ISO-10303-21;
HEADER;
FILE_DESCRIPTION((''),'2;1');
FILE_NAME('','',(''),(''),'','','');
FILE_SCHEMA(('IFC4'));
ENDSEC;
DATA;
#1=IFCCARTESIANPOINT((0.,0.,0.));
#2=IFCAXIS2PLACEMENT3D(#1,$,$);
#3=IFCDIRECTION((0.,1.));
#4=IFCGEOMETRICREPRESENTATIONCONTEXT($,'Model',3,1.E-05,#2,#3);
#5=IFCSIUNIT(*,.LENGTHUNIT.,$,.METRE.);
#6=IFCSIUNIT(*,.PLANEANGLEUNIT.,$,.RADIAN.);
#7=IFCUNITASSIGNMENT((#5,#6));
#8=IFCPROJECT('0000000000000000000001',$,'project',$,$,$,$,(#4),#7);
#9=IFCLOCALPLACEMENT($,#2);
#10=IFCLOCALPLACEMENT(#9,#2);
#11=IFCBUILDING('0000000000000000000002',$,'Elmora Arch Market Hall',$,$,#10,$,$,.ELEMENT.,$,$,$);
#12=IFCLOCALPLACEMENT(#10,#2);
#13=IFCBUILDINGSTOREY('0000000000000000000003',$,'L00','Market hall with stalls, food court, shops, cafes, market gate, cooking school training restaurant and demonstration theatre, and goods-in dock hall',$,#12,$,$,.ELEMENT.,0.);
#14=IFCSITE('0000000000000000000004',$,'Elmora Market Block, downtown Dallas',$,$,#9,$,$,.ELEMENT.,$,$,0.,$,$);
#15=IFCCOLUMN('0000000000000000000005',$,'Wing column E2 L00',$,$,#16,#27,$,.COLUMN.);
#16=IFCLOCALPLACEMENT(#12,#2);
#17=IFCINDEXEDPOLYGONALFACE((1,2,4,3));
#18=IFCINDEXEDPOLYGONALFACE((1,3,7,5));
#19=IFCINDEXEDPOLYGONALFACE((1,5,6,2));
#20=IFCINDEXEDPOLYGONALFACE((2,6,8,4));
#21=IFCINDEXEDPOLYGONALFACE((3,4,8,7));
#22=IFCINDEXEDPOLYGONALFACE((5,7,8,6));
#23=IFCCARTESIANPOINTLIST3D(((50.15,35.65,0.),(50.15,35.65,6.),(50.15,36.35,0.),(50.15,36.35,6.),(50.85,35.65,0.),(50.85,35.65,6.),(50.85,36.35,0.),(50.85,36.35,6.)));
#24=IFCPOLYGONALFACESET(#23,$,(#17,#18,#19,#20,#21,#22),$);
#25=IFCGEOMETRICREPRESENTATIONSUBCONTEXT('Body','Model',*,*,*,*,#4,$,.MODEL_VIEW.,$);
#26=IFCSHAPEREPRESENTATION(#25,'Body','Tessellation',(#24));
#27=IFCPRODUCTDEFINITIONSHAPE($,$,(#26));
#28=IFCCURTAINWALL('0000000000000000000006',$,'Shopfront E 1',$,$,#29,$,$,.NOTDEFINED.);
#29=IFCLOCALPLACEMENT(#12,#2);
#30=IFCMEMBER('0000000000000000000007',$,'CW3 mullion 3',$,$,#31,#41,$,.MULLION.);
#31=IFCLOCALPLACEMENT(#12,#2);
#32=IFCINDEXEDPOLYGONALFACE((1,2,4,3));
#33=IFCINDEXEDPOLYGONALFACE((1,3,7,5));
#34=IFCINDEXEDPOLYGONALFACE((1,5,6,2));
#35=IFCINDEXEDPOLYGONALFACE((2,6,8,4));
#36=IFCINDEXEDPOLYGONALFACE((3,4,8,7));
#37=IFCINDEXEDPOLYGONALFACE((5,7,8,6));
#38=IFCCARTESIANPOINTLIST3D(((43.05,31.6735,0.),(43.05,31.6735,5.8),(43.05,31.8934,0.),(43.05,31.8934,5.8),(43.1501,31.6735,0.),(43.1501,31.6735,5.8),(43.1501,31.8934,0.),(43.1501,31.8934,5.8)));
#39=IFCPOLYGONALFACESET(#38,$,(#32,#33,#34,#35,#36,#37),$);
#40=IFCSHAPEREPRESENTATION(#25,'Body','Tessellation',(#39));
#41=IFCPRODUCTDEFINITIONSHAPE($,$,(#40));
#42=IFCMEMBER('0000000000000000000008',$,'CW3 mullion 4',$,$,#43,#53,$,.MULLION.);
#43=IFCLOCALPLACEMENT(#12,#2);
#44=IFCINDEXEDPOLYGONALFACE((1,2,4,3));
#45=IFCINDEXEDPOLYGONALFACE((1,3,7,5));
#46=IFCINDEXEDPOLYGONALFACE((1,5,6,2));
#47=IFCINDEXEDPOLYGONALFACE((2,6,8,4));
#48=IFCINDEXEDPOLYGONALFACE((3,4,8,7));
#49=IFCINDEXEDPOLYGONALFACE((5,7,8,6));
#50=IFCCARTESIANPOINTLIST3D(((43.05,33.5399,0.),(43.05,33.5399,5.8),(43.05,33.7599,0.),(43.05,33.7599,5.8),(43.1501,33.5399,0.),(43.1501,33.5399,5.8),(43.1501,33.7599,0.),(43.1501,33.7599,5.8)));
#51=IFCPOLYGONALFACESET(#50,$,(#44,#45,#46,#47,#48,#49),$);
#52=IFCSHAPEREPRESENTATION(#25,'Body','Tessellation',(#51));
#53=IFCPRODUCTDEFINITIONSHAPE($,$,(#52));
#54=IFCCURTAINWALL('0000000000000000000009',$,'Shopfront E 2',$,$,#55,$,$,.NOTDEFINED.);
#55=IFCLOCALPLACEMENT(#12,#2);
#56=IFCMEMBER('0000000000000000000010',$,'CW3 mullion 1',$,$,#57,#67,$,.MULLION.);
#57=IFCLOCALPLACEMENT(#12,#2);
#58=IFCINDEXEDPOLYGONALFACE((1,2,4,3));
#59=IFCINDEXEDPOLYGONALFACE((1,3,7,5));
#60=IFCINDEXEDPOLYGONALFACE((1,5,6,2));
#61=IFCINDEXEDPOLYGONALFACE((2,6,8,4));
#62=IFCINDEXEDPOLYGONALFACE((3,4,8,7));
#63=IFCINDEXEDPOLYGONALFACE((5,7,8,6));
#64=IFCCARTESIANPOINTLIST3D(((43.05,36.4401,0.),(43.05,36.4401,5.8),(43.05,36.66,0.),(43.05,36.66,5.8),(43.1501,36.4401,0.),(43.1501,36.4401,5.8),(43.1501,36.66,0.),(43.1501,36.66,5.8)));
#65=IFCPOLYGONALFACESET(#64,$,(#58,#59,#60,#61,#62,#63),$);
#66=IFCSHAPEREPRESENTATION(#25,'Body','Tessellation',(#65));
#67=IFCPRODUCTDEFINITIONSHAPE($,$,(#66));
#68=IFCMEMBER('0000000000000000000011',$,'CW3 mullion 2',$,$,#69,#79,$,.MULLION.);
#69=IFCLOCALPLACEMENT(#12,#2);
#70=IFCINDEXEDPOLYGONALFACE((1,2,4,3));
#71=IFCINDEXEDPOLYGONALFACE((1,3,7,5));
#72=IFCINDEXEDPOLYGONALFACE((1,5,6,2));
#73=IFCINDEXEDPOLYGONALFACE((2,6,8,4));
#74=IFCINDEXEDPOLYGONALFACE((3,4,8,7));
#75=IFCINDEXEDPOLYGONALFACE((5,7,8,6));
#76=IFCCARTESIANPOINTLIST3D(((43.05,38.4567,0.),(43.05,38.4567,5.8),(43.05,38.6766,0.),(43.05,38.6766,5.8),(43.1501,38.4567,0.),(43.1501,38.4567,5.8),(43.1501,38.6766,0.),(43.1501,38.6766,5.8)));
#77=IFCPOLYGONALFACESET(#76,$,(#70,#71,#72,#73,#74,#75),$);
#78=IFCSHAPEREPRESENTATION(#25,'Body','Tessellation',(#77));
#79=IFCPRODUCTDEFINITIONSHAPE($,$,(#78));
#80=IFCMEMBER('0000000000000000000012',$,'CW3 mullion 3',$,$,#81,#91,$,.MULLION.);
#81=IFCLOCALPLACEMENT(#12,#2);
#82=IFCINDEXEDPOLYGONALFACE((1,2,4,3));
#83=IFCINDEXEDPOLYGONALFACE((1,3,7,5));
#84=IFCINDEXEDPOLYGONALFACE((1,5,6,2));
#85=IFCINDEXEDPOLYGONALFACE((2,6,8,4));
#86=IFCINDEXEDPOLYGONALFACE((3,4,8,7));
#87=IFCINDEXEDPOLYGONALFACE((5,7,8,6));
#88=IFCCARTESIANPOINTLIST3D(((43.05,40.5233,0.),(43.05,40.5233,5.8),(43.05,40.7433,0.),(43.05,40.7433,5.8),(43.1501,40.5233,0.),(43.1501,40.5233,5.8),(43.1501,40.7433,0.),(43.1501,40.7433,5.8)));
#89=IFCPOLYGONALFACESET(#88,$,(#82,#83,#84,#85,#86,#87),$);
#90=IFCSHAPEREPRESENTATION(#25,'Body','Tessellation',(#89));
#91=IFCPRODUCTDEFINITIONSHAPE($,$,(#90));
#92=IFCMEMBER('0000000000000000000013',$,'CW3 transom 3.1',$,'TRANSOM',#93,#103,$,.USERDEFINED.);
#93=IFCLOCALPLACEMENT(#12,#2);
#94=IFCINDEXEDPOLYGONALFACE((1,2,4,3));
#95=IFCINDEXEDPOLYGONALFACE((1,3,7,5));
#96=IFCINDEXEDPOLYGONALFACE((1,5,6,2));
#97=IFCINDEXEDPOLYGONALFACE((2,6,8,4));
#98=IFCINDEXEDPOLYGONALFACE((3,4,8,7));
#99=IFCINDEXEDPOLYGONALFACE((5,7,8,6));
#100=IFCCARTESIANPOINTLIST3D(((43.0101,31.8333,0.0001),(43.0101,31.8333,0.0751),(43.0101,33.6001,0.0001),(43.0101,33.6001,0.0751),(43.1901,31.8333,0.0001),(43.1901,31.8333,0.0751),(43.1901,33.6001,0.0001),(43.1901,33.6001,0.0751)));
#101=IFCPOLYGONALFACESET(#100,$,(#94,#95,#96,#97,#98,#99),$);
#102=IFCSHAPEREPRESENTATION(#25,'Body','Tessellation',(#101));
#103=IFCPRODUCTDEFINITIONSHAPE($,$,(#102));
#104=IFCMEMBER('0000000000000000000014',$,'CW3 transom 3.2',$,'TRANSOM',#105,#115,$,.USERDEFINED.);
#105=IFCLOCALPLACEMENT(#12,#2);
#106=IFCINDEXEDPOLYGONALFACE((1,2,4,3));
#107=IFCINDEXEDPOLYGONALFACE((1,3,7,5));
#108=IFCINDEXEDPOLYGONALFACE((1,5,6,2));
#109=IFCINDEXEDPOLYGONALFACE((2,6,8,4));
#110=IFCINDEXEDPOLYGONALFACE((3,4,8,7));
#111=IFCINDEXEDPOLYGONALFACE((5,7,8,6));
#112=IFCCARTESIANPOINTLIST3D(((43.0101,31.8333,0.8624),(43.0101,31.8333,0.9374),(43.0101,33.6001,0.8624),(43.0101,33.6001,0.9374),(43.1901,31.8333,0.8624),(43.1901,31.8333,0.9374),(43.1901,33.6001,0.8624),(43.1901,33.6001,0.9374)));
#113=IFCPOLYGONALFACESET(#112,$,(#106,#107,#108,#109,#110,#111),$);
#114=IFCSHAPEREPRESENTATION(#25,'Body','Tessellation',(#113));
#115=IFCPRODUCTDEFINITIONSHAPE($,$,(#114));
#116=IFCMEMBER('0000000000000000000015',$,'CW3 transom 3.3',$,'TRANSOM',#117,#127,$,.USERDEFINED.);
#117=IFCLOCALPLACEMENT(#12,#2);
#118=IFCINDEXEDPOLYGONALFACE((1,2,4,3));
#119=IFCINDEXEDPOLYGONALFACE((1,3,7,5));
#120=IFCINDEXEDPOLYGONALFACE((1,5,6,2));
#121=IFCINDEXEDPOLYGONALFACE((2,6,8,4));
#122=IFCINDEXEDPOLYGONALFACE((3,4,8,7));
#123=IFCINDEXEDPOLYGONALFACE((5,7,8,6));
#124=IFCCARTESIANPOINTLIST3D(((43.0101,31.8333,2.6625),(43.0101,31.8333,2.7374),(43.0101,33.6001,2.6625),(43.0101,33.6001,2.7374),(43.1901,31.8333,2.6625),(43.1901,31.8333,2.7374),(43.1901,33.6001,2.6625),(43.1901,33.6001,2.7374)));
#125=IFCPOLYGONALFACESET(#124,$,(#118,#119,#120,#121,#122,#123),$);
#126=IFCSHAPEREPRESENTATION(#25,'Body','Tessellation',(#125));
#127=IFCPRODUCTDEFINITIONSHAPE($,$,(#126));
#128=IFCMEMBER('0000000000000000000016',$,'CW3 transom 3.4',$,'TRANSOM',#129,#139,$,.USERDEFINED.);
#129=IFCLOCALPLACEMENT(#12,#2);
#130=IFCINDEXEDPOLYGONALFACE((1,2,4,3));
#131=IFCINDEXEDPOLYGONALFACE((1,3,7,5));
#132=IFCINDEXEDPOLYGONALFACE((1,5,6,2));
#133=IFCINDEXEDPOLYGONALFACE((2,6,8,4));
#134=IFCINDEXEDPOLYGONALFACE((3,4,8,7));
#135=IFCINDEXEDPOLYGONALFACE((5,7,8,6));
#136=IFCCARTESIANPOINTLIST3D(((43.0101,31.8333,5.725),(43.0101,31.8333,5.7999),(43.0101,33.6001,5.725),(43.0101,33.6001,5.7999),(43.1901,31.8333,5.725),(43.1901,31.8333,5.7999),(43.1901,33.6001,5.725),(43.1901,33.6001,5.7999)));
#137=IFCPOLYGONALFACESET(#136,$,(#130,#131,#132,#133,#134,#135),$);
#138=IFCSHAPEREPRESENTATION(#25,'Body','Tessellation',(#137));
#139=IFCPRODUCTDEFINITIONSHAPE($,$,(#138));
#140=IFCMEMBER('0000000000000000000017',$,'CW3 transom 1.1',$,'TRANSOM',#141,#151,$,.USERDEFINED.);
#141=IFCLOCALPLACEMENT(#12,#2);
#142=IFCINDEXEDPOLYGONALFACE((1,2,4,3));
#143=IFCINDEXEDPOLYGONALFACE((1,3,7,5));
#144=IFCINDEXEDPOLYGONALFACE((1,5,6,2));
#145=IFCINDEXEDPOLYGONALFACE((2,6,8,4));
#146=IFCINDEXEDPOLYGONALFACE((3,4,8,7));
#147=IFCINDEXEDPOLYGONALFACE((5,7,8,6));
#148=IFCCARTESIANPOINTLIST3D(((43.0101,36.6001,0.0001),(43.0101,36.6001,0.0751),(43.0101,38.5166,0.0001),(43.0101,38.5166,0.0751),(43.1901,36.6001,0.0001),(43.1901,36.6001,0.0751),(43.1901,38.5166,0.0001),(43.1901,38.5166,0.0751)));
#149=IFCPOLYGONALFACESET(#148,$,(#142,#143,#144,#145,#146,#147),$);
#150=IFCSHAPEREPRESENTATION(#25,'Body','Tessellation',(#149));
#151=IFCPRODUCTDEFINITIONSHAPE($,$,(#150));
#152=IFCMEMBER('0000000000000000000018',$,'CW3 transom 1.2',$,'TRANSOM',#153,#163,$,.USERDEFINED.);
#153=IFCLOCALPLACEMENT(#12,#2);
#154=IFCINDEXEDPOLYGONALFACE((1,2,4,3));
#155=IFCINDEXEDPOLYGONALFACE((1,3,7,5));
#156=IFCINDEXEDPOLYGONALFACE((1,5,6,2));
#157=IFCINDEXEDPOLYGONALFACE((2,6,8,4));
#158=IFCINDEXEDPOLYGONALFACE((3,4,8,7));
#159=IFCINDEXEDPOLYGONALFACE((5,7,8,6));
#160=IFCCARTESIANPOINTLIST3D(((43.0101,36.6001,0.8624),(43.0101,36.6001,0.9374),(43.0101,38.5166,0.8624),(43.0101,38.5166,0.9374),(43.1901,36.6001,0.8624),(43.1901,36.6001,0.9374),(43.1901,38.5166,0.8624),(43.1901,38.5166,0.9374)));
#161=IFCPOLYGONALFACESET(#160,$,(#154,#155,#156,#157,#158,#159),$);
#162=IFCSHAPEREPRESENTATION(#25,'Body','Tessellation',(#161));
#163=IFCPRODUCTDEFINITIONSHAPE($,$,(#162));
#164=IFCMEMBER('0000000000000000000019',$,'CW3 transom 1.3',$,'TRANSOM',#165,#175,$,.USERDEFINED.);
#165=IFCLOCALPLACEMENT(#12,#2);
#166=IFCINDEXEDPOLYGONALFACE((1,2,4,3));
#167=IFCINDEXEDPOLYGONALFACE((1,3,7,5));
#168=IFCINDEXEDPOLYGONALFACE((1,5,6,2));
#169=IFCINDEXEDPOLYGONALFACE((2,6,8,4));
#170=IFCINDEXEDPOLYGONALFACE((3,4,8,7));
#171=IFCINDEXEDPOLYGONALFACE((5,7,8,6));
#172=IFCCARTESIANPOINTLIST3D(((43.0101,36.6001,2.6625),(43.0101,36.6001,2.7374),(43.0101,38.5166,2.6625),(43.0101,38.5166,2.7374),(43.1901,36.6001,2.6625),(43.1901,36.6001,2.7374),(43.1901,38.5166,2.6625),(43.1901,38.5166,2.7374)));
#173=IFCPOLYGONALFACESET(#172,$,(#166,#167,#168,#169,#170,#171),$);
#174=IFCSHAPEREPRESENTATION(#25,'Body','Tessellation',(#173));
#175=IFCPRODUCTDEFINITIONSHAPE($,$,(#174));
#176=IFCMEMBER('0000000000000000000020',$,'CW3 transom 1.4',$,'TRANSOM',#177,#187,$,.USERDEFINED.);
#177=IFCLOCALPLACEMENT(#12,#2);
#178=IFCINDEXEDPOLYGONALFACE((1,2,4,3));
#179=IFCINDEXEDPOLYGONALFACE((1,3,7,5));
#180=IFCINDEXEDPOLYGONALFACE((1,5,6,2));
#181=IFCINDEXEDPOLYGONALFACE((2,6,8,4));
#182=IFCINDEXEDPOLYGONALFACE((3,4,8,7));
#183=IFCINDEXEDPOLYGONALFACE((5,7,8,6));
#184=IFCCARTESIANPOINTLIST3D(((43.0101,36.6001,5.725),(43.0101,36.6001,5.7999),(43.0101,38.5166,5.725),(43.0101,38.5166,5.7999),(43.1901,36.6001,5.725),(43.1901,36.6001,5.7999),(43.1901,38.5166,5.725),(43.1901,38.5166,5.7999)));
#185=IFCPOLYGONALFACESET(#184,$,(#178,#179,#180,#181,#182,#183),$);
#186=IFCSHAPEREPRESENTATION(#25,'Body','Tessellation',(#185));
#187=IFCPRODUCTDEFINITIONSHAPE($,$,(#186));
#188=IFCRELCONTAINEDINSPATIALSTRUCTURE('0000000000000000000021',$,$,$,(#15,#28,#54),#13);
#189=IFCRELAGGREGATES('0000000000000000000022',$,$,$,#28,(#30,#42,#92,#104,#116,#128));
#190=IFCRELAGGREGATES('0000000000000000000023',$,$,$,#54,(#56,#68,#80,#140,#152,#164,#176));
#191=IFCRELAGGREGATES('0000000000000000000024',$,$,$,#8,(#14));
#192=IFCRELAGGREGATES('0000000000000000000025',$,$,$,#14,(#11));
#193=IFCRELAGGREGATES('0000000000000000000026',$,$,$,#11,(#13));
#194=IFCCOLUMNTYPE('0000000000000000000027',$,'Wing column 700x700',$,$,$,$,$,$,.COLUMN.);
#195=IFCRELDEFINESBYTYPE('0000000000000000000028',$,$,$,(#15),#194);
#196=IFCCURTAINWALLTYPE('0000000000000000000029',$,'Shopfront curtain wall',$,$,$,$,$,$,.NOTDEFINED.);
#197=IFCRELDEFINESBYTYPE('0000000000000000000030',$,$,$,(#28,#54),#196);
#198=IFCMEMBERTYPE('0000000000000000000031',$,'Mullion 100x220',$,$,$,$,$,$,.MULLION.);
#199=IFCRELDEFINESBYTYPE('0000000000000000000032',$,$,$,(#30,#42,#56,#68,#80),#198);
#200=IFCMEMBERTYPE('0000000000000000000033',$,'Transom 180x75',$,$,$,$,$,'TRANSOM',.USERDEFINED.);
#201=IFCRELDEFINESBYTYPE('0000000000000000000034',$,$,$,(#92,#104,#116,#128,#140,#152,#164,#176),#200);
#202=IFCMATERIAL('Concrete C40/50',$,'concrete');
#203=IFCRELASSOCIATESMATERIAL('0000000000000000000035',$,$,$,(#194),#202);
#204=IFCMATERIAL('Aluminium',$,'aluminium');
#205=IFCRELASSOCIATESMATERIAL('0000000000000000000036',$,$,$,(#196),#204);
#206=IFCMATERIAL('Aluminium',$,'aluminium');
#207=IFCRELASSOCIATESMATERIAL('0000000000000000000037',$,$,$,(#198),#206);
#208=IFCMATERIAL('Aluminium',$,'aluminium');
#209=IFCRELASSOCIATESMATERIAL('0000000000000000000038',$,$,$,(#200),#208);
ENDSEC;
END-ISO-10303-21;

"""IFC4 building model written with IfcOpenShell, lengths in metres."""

from ifc_helpers import new_model, si_unit, direction, frame, origin, origin_2d, place, context, subcontext, project, spatial, rectangle, extrude, material, material_profile, profile_set, type_object, element, aggregate, save


model = new_model("IFC4")

# Units and contexts
model_context = context("Model", 3, precision=1e-05, world=origin(), true_north=direction((0.0, 1.0)))
body_context = subcontext(model_context, "Body", "Model", "MODEL_VIEW")
ifc_project = project(units=[si_unit("LENGTHUNIT", "METRE"), si_unit("PLANEANGLEUNIT", "RADIAN")], contexts=[model_context])

# Site, building, storey
site_placement = place(None, origin())
site = spatial("IfcSite", under=ifc_project, at=site_placement, Name="Elmora Market Block, downtown Dallas", CompositionType="ELEMENT", RefElevation=0.0)
building_placement = place(site_placement, origin())
building = spatial("IfcBuilding", under=site, at=building_placement, Name="Elmora Arch Market Hall", CompositionType="ELEMENT")
storey_placement = place(building_placement, origin())
storey = spatial("IfcBuildingStorey", under=building, at=storey_placement, Name="L00", Description="Market hall with stalls, food court, shops, cafes, market gate, cooking school training restaurant and demonstration theatre, and goods-in dock hall", CompositionType="ELEMENT", Elevation=0.0)

# Column
ifc_material_1 = material(Name="Concrete C40/50", Category="concrete")
ifc_material_profile_1 = material_profile(ifc_material_1, rectangle(XDim=0.7, YDim=0.7, at=origin_2d()), Name="Wing column 700x700")
ifc_profile_set_1 = profile_set([ifc_material_profile_1], Name="Concrete C40/50")
column_type = type_object("IfcColumnType", Name="Wing column 700x700", PredefinedType="COLUMN", material=ifc_profile_set_1)
column_placement = place(storey_placement, frame((50.5, 36.0, 0.0), z_axis=(0.0, 0.0, 1.0), x_axis=(1.0, 0.0, 0.0)))
element("IfcColumn", 1, at=column_placement, inside=storey, type_object=column_type, Name="Wing column E2 L00", PredefinedType="COLUMN", context=body_context, shape_type="SweptSolid", body=[
    extrude(rectangle(XDim=0.7, YDim=0.7, at=origin_2d()), origin(), (0.0, 0.0, 1.0), 6.0),
])

# Curtain walls, members
ifc_material_2 = material(Name="Aluminium", Category="aluminium")
curtain_wall_type = type_object("IfcCurtainWallType", Name="Shopfront curtain wall", PredefinedType="NOTDEFINED", material=ifc_material_2)
curtain_wall_1_placement = place(storey_placement, origin())
curtain_wall_1 = element("IfcCurtainWall", 2, at=curtain_wall_1_placement, inside=storey, type_object=curtain_wall_type, Name="Shopfront E 1", PredefinedType="NOTDEFINED")
ifc_material_3 = material(Name="Aluminium", Category="aluminium")
ifc_material_profile_2 = material_profile(ifc_material_3, rectangle(XDim=0.1001, YDim=0.22, at=origin_2d()), Name="AL 100x220")
ifc_profile_set_2 = profile_set([ifc_material_profile_2], Name="Aluminium")
member_type_1 = type_object("IfcMemberType", Name="Mullion 100x220", PredefinedType="MULLION", material=ifc_profile_set_2)
member_1_placement = place(storey_placement, frame((43.1001, 31.7834, 0.0), z_axis=(0.0, 0.0, 1.0), x_axis=(-1.0, 0.0, 0.0)))
member_1 = element("IfcMember", 3, at=member_1_placement, type_object=member_type_1, Name="CW3 mullion 3", PredefinedType="MULLION", context=body_context, shape_type="SweptSolid", body=[
    extrude(rectangle(XDim=0.1001, YDim=0.22, at=origin_2d()), origin(), (0.0, 0.0, 1.0), 5.8),
])
member_2_placement = place(storey_placement, frame((43.1001, 33.6499, 0.0), z_axis=(0.0, 0.0, 1.0), x_axis=(-1.0, 0.0, 0.0)))
member_2 = element("IfcMember", 4, at=member_2_placement, type_object=member_type_1, Name="CW3 mullion 4", PredefinedType="MULLION", context=body_context, shape_type="SweptSolid", body=[
    extrude(rectangle(XDim=0.1001, YDim=0.22, at=origin_2d()), origin(), (0.0, 0.0, 1.0), 5.8),
])
curtain_wall_2_placement = place(storey_placement, origin())
curtain_wall_2 = element("IfcCurtainWall", 5, at=curtain_wall_2_placement, inside=storey, type_object=curtain_wall_type, Name="Shopfront E 2", PredefinedType="NOTDEFINED")
member_3_placement = place(storey_placement, frame((43.1001, 36.55, 0.0), z_axis=(0.0, 0.0, 1.0), x_axis=(-1.0, 0.0, 0.0)))
member_3 = element("IfcMember", 6, at=member_3_placement, type_object=member_type_1, Name="CW3 mullion 1", PredefinedType="MULLION", context=body_context, shape_type="SweptSolid", body=[
    extrude(rectangle(XDim=0.1001, YDim=0.22, at=origin_2d()), origin(), (0.0, 0.0, 1.0), 5.8),
])
member_4_placement = place(storey_placement, frame((43.1001, 38.5667, 0.0), z_axis=(0.0, 0.0, 1.0), x_axis=(-1.0, 0.0, 0.0)))
member_4 = element("IfcMember", 7, at=member_4_placement, type_object=member_type_1, Name="CW3 mullion 2", PredefinedType="MULLION", context=body_context, shape_type="SweptSolid", body=[
    extrude(rectangle(XDim=0.1001, YDim=0.22, at=origin_2d()), origin(), (0.0, 0.0, 1.0), 5.8),
])
member_5_placement = place(storey_placement, frame((43.1001, 40.6333, 0.0), z_axis=(0.0, 0.0, 1.0), x_axis=(-1.0, 0.0, 0.0)))
member_5 = element("IfcMember", 8, at=member_5_placement, type_object=member_type_1, Name="CW3 mullion 3", PredefinedType="MULLION", context=body_context, shape_type="SweptSolid", body=[
    extrude(rectangle(XDim=0.1001, YDim=0.22, at=origin_2d()), origin(), (0.0, 0.0, 1.0), 5.8),
])

# Members
ifc_material_4 = material(Name="Aluminium", Category="aluminium")
ifc_material_profile_3 = material_profile(ifc_material_4, rectangle(XDim=0.1799, YDim=0.075, at=origin_2d()), Name="AL 180x75")
ifc_profile_set_3 = profile_set([ifc_material_profile_3], Name="Aluminium")
member_type_2 = type_object("IfcMemberType", Name="Transom 180x75", ElementType="TRANSOM", PredefinedType="USERDEFINED", material=ifc_profile_set_3)
member_6_placement = place(storey_placement, frame((43.1001, 31.8333, 0.0376), z_axis=(0.0, 1.0, 0.0), x_axis=(-1.0, 0.0, 0.0)))
member_6 = element("IfcMember", 9, at=member_6_placement, type_object=member_type_2, Name="CW3 transom 3.1", ObjectType="TRANSOM", PredefinedType="USERDEFINED", context=body_context, shape_type="SweptSolid", body=[
    extrude(rectangle(XDim=0.1799, YDim=0.075, at=origin_2d()), origin(), (0.0, 0.0, 1.0), 1.7668),
])
member_7_placement = place(storey_placement, frame((43.1001, 31.8333, 0.8999), z_axis=(0.0, 1.0, 0.0), x_axis=(-1.0, 0.0, 0.0)))
member_7 = element("IfcMember", 10, at=member_7_placement, type_object=member_type_2, Name="CW3 transom 3.2", ObjectType="TRANSOM", PredefinedType="USERDEFINED", context=body_context, shape_type="SweptSolid", body=[
    extrude(rectangle(XDim=0.1799, YDim=0.075, at=origin_2d()), origin(), (0.0, 0.0, 1.0), 1.7668),
])
member_8_placement = place(storey_placement, frame((43.1001, 31.8333, 2.7), z_axis=(0.0, 1.0, 0.0), x_axis=(-1.0, 0.0, 0.0)))
member_8 = element("IfcMember", 11, at=member_8_placement, type_object=member_type_2, Name="CW3 transom 3.3", ObjectType="TRANSOM", PredefinedType="USERDEFINED", context=body_context, shape_type="SweptSolid", body=[
    extrude(rectangle(XDim=0.1799, YDim=0.075, at=origin_2d()), origin(), (0.0, 0.0, 1.0), 1.7668),
])
member_9_placement = place(storey_placement, frame((43.1001, 31.8333, 5.7625), z_axis=(0.0, 1.0, 0.0), x_axis=(-1.0, 0.0, 0.0)))
member_9 = element("IfcMember", 12, at=member_9_placement, type_object=member_type_2, Name="CW3 transom 3.4", ObjectType="TRANSOM", PredefinedType="USERDEFINED", context=body_context, shape_type="SweptSolid", body=[
    extrude(rectangle(XDim=0.1799, YDim=0.075, at=origin_2d()), origin(), (0.0, 0.0, 1.0), 1.7668),
])
member_10_placement = place(storey_placement, frame((43.1001, 36.6001, 0.0376), z_axis=(0.0, 1.0, 0.0), x_axis=(-1.0, 0.0, 0.0)))
member_10 = element("IfcMember", 13, at=member_10_placement, type_object=member_type_2, Name="CW3 transom 1.1", ObjectType="TRANSOM", PredefinedType="USERDEFINED", context=body_context, shape_type="SweptSolid", body=[
    extrude(rectangle(XDim=0.1799, YDim=0.075, at=origin_2d()), origin(), (0.0, 0.0, 1.0), 1.9165),
])
member_11_placement = place(storey_placement, frame((43.1001, 36.6001, 0.8999), z_axis=(0.0, 1.0, 0.0), x_axis=(-1.0, 0.0, 0.0)))
member_11 = element("IfcMember", 14, at=member_11_placement, type_object=member_type_2, Name="CW3 transom 1.2", ObjectType="TRANSOM", PredefinedType="USERDEFINED", context=body_context, shape_type="SweptSolid", body=[
    extrude(rectangle(XDim=0.1799, YDim=0.075, at=origin_2d()), origin(), (0.0, 0.0, 1.0), 1.9165),
])
member_12_placement = place(storey_placement, frame((43.1001, 36.6001, 2.7), z_axis=(0.0, 1.0, 0.0), x_axis=(-1.0, 0.0, 0.0)))
member_12 = element("IfcMember", 15, at=member_12_placement, type_object=member_type_2, Name="CW3 transom 1.3", ObjectType="TRANSOM", PredefinedType="USERDEFINED", context=body_context, shape_type="SweptSolid", body=[
    extrude(rectangle(XDim=0.1799, YDim=0.075, at=origin_2d()), origin(), (0.0, 0.0, 1.0), 1.9165),
])
member_13_placement = place(storey_placement, frame((43.1001, 36.6001, 5.7625), z_axis=(0.0, 1.0, 0.0), x_axis=(-1.0, 0.0, 0.0)))
member_13 = element("IfcMember", 16, at=member_13_placement, type_object=member_type_2, Name="CW3 transom 1.4", ObjectType="TRANSOM", PredefinedType="USERDEFINED", context=body_context, shape_type="SweptSolid", body=[
    extrude(rectangle(XDim=0.1799, YDim=0.075, at=origin_2d()), origin(), (0.0, 0.0, 1.0), 1.9165),
])

aggregate(curtain_wall_1, [member_1, member_2, member_6, member_7, member_8, member_9])
aggregate(curtain_wall_2, [member_3, member_4, member_5, member_10, member_11, member_12, member_13])

save(model, "model.ifc")
